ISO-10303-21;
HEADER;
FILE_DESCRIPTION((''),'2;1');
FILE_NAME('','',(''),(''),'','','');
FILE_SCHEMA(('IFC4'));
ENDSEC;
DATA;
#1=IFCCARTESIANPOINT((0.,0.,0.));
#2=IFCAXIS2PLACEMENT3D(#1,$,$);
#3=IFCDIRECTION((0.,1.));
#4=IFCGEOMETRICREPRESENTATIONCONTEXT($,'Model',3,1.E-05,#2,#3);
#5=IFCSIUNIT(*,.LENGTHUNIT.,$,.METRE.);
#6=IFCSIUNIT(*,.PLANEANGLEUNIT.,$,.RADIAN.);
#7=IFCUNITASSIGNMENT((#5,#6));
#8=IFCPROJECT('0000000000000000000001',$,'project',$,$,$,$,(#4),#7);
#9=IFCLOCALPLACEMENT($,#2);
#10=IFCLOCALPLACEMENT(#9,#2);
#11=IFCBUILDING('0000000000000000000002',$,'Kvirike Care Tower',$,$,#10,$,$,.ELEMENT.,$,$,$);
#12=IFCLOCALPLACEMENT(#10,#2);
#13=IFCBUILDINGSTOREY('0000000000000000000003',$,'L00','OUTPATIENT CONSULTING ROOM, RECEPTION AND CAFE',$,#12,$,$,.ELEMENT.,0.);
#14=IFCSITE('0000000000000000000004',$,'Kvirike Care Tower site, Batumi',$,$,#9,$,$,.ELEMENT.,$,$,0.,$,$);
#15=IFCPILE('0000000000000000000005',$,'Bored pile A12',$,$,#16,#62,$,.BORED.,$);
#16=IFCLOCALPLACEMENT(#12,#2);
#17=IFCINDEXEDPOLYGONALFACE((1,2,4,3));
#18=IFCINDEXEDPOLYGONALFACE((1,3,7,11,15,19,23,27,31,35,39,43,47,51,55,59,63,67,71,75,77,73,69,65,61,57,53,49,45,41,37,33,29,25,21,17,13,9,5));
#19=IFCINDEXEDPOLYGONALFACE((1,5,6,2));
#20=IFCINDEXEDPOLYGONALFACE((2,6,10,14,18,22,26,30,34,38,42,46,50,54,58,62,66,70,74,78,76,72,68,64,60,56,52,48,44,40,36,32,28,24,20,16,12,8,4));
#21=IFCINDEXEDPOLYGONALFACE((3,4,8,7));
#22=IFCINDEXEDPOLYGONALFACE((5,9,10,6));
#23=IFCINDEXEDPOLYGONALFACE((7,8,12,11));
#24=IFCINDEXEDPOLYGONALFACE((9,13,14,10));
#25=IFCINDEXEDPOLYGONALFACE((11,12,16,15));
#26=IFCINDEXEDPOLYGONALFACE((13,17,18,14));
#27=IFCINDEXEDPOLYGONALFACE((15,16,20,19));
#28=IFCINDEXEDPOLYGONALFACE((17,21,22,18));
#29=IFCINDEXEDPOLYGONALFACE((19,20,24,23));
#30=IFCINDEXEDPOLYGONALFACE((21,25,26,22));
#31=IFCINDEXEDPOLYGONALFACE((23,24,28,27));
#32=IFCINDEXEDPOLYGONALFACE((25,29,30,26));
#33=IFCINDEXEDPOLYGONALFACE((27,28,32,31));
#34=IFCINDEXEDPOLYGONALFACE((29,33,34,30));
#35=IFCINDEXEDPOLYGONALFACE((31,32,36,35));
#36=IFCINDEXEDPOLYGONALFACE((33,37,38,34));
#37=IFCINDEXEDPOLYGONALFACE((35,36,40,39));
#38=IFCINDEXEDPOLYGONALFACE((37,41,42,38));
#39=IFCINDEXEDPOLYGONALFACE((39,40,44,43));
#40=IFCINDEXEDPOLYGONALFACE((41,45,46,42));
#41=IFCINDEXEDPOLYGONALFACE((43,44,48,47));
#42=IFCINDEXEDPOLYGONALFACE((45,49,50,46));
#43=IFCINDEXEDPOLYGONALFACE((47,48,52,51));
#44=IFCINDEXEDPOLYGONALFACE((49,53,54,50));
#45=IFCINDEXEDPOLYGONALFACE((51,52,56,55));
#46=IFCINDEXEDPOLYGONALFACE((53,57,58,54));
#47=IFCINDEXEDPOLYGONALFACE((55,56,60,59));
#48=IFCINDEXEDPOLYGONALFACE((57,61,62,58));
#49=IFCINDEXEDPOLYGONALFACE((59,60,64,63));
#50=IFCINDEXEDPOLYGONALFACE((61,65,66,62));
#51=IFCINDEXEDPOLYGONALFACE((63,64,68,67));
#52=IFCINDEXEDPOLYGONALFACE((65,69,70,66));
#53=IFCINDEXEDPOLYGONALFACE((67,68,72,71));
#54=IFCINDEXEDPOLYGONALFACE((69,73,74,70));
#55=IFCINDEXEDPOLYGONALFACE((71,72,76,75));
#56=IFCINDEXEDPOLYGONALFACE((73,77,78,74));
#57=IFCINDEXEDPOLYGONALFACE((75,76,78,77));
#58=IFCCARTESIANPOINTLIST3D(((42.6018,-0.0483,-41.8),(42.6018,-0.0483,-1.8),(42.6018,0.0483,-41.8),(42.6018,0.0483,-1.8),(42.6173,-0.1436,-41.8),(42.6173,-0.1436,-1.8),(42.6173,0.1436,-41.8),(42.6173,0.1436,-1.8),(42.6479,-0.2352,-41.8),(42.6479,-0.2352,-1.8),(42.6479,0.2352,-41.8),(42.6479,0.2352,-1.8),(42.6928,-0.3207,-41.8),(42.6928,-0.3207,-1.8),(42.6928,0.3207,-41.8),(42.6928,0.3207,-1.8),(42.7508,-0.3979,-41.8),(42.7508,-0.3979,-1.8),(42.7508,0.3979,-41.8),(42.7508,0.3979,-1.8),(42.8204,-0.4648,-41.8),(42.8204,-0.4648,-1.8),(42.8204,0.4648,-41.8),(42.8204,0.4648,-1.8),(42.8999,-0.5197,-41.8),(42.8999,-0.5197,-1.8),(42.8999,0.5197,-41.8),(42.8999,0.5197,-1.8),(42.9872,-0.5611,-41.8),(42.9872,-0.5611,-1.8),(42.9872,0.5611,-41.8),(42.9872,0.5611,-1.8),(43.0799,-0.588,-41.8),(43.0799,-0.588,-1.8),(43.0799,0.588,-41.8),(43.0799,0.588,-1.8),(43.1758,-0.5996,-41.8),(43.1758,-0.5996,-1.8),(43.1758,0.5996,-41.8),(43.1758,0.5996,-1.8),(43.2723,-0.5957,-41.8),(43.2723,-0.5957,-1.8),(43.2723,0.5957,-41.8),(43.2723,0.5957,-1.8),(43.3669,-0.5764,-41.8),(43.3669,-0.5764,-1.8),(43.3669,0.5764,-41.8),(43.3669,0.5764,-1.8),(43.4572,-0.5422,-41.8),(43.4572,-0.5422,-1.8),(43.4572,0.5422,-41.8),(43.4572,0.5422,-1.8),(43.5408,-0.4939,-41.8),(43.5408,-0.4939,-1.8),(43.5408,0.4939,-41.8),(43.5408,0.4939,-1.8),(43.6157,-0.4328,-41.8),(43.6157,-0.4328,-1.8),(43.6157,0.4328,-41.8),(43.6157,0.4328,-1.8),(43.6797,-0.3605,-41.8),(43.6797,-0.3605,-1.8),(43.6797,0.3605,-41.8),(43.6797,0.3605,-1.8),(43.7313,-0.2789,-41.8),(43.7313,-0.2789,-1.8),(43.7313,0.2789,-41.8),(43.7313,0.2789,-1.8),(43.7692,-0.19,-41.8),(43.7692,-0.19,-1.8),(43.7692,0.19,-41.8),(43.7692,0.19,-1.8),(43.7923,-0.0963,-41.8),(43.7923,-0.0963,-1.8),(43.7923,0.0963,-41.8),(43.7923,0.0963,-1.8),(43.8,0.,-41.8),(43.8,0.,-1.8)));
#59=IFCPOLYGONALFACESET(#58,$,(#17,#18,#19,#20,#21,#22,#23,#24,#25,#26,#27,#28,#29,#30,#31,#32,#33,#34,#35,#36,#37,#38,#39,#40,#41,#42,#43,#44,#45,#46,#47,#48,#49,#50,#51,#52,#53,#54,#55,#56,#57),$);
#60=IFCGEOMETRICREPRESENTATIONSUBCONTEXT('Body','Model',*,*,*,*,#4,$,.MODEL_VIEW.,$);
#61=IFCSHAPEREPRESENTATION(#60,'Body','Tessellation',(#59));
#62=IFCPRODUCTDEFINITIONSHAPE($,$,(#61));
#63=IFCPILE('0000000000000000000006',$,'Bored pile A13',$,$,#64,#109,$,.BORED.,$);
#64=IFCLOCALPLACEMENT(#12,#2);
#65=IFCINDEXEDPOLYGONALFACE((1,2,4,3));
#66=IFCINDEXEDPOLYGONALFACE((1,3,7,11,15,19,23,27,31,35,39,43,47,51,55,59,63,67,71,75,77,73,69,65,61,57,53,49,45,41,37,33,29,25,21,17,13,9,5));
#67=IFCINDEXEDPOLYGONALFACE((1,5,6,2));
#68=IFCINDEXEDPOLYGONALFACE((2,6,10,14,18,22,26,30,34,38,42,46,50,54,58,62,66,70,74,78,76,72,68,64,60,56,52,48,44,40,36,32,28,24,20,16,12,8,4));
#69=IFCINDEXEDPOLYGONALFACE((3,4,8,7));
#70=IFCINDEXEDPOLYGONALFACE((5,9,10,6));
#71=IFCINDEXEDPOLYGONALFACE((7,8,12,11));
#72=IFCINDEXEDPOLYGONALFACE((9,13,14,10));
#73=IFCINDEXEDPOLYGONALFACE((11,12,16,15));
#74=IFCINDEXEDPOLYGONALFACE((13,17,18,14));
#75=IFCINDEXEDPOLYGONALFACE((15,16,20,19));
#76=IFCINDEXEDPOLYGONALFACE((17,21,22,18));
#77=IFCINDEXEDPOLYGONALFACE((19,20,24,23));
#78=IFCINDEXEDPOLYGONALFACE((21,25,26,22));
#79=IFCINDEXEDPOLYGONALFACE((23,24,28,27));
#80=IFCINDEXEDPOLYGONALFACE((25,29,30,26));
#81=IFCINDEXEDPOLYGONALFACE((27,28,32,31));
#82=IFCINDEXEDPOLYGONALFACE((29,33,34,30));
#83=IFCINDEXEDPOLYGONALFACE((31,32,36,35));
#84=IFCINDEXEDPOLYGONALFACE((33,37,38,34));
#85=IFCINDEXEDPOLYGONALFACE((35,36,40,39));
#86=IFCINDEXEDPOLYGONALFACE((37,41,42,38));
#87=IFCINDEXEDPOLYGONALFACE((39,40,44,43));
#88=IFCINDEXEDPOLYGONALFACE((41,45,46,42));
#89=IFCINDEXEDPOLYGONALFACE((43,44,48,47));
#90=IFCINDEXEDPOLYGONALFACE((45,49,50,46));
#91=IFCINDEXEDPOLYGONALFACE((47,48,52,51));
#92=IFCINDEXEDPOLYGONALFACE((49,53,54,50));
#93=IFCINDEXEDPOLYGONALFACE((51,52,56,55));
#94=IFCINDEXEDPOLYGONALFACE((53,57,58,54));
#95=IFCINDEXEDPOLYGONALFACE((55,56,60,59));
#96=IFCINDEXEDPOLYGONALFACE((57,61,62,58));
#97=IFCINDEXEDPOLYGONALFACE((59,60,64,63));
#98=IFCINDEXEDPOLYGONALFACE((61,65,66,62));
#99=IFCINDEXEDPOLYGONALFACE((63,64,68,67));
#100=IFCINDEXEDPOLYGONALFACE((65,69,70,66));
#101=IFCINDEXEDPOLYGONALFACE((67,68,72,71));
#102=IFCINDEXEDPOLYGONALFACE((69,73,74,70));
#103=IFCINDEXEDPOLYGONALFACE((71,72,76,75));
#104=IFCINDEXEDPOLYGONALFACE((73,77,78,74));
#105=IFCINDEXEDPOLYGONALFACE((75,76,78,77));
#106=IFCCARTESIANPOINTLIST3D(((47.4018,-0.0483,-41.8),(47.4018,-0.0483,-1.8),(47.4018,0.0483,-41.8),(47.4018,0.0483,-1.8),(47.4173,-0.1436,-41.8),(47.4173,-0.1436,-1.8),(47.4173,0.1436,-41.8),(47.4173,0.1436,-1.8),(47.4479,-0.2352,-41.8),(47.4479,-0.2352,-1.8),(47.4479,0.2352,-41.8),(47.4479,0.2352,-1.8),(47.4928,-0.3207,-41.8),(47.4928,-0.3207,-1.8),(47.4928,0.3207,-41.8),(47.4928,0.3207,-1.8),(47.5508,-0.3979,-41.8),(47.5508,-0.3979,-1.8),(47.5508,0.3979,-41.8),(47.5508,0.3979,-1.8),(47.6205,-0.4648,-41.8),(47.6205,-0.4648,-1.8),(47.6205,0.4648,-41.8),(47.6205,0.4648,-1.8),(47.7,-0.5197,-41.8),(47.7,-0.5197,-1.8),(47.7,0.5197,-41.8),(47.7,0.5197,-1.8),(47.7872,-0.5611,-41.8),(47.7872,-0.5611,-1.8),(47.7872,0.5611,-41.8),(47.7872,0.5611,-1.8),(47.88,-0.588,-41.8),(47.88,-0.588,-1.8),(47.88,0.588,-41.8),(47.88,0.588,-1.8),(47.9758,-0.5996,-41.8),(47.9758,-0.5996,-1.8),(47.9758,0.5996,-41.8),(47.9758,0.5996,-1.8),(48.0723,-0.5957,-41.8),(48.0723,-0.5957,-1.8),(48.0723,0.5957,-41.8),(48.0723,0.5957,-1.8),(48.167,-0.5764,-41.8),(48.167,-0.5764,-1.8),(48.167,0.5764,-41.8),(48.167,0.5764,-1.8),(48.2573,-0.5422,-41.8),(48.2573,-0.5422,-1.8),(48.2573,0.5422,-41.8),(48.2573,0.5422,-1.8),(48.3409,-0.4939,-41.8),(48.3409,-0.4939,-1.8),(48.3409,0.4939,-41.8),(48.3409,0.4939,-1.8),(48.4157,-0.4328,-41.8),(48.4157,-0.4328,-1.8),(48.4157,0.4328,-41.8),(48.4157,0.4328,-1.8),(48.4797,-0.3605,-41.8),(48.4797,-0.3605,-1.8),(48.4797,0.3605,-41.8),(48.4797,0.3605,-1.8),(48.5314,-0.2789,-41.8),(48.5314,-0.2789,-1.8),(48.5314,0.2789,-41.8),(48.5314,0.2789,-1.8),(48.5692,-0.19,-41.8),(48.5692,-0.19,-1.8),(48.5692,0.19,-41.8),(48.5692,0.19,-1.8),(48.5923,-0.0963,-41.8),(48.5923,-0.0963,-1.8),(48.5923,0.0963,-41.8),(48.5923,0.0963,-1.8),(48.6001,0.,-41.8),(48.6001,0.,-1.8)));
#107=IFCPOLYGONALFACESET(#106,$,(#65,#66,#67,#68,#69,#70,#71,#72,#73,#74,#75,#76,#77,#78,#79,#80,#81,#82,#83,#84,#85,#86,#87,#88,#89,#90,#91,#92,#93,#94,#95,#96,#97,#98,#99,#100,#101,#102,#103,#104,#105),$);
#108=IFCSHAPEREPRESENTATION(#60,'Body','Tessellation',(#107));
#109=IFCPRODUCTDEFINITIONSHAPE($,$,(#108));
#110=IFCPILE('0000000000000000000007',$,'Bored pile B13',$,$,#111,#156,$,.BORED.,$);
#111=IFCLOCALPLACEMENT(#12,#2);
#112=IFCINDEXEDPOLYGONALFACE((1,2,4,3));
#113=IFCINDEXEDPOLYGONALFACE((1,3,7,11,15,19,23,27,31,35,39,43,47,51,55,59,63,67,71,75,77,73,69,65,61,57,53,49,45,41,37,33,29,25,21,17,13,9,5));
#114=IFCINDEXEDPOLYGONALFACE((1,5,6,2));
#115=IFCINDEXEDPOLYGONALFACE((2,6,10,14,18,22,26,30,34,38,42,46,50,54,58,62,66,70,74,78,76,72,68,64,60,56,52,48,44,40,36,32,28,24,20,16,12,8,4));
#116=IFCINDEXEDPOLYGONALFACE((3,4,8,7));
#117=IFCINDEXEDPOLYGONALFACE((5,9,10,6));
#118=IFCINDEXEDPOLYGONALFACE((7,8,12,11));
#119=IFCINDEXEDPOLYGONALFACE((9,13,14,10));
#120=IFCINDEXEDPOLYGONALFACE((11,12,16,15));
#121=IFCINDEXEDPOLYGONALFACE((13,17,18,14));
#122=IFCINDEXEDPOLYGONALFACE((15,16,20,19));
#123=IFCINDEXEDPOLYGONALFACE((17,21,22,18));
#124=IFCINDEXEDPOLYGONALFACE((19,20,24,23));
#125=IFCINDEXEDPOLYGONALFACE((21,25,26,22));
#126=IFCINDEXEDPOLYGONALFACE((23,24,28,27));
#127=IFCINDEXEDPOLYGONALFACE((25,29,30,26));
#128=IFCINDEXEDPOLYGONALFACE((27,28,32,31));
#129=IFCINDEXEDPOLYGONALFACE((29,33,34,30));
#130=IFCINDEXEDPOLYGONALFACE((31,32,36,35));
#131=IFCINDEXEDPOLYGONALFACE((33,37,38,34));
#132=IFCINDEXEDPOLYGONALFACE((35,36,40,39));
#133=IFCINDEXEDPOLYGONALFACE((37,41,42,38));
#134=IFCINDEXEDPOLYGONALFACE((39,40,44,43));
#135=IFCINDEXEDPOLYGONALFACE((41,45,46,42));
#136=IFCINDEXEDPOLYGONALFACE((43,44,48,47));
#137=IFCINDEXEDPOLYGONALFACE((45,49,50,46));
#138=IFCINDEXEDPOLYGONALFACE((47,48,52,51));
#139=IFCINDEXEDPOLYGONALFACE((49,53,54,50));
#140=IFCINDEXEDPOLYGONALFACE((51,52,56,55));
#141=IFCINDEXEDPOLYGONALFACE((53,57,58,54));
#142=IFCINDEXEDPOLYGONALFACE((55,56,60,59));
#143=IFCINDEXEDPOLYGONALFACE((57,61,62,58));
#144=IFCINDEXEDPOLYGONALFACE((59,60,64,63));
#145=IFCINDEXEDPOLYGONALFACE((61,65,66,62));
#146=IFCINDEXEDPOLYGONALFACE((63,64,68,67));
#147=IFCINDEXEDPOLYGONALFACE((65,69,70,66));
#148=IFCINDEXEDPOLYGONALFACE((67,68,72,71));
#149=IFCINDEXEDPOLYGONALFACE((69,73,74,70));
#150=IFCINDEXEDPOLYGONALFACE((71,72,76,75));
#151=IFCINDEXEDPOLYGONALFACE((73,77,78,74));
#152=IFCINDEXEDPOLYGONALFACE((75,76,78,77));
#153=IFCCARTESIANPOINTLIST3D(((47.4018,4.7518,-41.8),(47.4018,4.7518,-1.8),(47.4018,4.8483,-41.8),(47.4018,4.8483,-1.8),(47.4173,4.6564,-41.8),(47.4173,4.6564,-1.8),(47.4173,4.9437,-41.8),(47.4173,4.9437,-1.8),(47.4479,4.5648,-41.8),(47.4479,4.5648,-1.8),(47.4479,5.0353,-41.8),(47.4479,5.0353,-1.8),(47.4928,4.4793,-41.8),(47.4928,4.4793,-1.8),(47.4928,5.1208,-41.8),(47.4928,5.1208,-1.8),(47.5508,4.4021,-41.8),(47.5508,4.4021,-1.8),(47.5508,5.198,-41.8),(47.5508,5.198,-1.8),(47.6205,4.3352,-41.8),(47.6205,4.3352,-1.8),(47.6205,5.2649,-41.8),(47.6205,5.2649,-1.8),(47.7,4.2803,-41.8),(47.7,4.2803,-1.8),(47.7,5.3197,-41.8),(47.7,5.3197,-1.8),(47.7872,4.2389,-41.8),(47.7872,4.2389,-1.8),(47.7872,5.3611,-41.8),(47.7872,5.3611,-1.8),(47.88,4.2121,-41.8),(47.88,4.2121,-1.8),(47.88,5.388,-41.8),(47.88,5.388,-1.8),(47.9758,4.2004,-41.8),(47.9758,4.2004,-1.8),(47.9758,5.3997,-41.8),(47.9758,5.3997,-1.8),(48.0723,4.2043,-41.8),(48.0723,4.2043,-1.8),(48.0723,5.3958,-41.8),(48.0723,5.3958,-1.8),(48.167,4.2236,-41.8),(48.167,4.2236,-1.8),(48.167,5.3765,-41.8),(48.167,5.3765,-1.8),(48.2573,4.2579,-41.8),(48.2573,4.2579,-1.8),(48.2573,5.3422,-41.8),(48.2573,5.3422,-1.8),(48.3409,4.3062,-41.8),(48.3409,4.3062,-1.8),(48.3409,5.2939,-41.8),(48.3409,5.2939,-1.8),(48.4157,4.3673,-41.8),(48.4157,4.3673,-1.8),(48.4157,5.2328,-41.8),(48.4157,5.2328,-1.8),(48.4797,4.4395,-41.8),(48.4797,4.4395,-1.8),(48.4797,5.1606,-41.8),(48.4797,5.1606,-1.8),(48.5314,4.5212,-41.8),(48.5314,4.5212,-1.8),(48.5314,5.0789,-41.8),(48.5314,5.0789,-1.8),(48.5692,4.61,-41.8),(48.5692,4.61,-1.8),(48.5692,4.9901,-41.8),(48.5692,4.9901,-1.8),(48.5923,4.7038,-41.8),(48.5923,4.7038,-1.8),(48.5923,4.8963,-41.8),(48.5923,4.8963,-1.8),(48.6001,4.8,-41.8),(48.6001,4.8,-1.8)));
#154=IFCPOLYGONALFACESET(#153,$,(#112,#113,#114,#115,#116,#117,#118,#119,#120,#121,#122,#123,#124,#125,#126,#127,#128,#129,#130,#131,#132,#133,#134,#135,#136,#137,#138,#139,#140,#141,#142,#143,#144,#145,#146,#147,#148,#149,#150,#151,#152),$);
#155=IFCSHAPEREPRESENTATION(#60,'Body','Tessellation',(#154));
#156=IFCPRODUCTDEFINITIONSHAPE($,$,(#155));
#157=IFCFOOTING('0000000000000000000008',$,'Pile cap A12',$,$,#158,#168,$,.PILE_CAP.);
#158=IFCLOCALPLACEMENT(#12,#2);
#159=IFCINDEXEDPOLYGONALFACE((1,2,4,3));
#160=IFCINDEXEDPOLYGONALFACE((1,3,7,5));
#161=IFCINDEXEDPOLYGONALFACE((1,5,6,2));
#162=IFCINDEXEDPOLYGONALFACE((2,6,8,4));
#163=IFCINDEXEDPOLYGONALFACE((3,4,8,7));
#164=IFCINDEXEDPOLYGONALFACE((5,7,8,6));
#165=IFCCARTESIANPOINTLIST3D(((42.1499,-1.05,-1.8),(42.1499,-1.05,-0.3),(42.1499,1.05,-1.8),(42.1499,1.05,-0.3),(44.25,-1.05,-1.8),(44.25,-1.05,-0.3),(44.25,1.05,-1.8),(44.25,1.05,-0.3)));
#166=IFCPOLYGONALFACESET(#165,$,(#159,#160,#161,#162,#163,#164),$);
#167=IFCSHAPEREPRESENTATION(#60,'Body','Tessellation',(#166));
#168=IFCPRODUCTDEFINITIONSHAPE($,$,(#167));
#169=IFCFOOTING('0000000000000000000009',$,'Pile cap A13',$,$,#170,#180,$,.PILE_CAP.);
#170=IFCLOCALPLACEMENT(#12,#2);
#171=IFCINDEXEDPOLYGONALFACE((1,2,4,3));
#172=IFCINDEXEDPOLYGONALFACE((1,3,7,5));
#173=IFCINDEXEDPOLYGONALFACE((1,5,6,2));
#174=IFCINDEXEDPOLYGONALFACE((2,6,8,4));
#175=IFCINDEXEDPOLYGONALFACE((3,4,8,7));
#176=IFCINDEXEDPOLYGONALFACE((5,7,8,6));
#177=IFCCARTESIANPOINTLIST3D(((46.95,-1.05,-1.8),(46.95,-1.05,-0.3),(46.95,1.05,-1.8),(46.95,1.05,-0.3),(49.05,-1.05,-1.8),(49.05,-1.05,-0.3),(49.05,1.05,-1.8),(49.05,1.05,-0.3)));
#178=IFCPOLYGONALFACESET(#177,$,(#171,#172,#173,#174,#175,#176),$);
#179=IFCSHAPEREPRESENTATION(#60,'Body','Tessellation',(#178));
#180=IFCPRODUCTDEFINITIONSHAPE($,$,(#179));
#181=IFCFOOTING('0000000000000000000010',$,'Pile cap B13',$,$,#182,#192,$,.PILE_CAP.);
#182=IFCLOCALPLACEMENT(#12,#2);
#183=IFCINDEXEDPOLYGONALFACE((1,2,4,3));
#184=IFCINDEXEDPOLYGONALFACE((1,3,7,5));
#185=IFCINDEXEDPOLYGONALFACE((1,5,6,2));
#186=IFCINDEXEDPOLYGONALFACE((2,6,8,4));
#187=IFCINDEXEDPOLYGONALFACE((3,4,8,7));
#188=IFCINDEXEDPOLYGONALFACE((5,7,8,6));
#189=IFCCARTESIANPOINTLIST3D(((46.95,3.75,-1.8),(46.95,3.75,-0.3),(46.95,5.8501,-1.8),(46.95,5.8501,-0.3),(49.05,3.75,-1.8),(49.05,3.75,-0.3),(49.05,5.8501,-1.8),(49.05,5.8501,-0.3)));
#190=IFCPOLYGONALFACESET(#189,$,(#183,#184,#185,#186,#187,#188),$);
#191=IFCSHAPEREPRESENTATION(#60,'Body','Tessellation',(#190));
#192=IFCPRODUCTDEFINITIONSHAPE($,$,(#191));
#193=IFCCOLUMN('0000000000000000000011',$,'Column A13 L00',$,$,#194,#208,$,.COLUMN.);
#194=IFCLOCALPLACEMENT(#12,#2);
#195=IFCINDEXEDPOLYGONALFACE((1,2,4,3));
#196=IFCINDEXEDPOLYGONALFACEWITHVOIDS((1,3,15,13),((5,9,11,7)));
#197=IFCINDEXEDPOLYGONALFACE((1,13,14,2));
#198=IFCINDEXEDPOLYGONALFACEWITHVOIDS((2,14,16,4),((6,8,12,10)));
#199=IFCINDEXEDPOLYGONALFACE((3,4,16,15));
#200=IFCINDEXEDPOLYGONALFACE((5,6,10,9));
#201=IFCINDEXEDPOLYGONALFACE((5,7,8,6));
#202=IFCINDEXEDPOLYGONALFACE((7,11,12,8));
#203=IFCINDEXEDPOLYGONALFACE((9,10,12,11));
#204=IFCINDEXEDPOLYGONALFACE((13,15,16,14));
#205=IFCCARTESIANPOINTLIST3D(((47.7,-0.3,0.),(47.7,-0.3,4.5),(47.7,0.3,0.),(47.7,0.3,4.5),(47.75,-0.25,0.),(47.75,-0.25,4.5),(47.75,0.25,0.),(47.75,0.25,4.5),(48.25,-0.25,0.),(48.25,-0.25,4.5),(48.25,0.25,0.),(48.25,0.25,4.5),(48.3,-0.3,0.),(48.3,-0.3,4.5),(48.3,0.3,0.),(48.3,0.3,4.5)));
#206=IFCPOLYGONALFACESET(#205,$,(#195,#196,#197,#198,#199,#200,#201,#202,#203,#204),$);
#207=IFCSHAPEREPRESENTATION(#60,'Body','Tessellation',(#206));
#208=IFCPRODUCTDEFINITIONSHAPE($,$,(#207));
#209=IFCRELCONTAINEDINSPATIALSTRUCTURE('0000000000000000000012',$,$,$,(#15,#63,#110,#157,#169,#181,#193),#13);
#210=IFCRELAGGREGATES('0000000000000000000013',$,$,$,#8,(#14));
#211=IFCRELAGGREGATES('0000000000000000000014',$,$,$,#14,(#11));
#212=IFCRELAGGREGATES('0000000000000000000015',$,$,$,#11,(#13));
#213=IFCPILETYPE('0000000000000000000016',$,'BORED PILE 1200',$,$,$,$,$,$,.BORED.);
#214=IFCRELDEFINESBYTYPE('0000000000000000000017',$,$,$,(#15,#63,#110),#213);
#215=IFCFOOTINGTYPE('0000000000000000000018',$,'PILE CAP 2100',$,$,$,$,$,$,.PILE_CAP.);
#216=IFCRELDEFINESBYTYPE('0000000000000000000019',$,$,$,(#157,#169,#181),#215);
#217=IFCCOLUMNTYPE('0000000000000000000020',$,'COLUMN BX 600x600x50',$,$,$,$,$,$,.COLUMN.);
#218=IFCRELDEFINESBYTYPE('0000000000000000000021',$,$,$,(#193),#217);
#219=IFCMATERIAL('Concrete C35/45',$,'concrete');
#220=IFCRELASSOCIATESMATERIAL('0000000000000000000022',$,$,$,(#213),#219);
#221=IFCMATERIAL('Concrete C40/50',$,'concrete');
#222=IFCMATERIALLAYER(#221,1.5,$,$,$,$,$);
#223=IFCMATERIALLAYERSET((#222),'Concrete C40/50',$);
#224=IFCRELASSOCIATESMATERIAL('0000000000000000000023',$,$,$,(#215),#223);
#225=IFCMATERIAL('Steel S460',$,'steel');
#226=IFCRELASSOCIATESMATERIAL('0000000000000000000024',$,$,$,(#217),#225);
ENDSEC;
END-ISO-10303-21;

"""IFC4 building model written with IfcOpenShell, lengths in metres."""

from ifc_helpers import new_model, si_unit, direction, frame, origin, origin_2d, place, context, subcontext, project, spatial, rectangle, hollow_rectangle, circle, extrude, material, layer, layer_set, material_profile, profile_set, type_object, element, save


model = new_model("IFC4")

# Units and contexts
model_context = context("Model", 3, precision=1e-05, world=origin(), true_north=direction((0.0, 1.0)))
body_context = subcontext(model_context, "Body", "Model", "MODEL_VIEW")
ifc_project = project(units=[si_unit("LENGTHUNIT", "METRE"), si_unit("PLANEANGLEUNIT", "RADIAN")], contexts=[model_context])

# Site, building, storey
site_placement = place(None, origin())
site = spatial("IfcSite", under=ifc_project, at=site_placement, Name="Kvirike Care Tower site, Batumi", CompositionType="ELEMENT", RefElevation=0.0)
building_placement = place(site_placement, origin())
building = spatial("IfcBuilding", under=site, at=building_placement, Name="Kvirike Care Tower", CompositionType="ELEMENT")
storey_placement = place(building_placement, origin())
storey = spatial("IfcBuildingStorey", under=building, at=storey_placement, Name="L00", Description="OUTPATIENT CONSULTING ROOM, RECEPTION AND CAFE", CompositionType="ELEMENT", Elevation=0.0)

# Piles
ifc_material_1 = material(Name="Concrete C35/45", Category="concrete")
ifc_material_profile_1 = material_profile(ifc_material_1, circle(Radius=0.6001, at=origin_2d()), Name="BORED PILE 1200")
ifc_profile_set_1 = profile_set([ifc_material_profile_1], Name="Concrete C35/45")
pile_type = type_object("IfcPileType", Name="BORED PILE 1200", PredefinedType="BORED", material=ifc_profile_set_1)
for number, where, z_axis, x_axis, name in (
    (1, (43.2, 0.0, -1.8), (0.0, 0.0, -1.0), (1.0, 0.0, 0.0), "Bored pile A12"),
    (2, (48.0, 0.0, -1.8), (0.0, 0.0, -1.0), (1.0, 0.0, 0.0), "Bored pile A13"),
    (3, (48.0, 4.8, -1.8), (0.0, 0.0, -1.0), (1.0, 0.0, 0.0), "Bored pile B13"),
):
    element("IfcPile", number, at=place(storey_placement, frame(where, z_axis=z_axis, x_axis=x_axis)), inside=storey, type_object=pile_type, Name=name, PredefinedType="BORED", context=body_context, shape_type="SweptSolid", body=[
        extrude(circle(Radius=0.6001, at=origin_2d()), origin(), (0.0, 0.0, 1.0), 40.0),
    ])

# Footings
ifc_material_2 = material(Name="Concrete C40/50", Category="concrete")
ifc_layer_1 = layer(ifc_material_2, 1.5)
ifc_layer_set_1 = layer_set([ifc_layer_1], Name="Concrete C40/50")
footing_type = type_object("IfcFootingType", Name="PILE CAP 2100", PredefinedType="PILE_CAP", material=ifc_layer_set_1)
for number, where, z_axis, x_axis, name in (
    (4, (43.2, 0.0, -1.8), (0.0, 0.0, 1.0), (1.0, 0.0, 0.0), "Pile cap A12"),
    (5, (48.0, 0.0, -1.8), (0.0, 0.0, 1.0), (1.0, 0.0, 0.0), "Pile cap A13"),
    (6, (48.0, 4.8, -1.8), (0.0, 0.0, 1.0), (1.0, 0.0, 0.0), "Pile cap B13"),
):
    element("IfcFooting", number, at=place(storey_placement, frame(where, z_axis=z_axis, x_axis=x_axis)), inside=storey, type_object=footing_type, Name=name, PredefinedType="PILE_CAP", context=body_context, shape_type="SweptSolid", body=[
        extrude(rectangle(XDim=2.1001, YDim=2.1001, at=origin_2d()), origin(), (0.0, 0.0, 1.0), 1.5),
    ])

# Column
ifc_material_3 = material(Name="Steel S460", Category="steel")
ifc_material_profile_2 = material_profile(ifc_material_3, hollow_rectangle(XDim=0.6001, YDim=0.6001, WallThickness=0.05, at=origin_2d()), Name="BX 600x600x50")
ifc_profile_set_2 = profile_set([ifc_material_profile_2], Name="Steel S460")
column_type_1 = type_object("IfcColumnType", Name="COLUMN BX 600x600x50", PredefinedType="COLUMN", material=ifc_profile_set_2)
column_placement = place(storey_placement, frame((48.0, 0.0, 0.0), z_axis=(0.0, 0.0, 1.0), x_axis=(0.0, 1.0, 0.0)))
element("IfcColumn", 7, at=column_placement, inside=storey, type_object=column_type_1, Name="Column A13 L00", PredefinedType="COLUMN", context=body_context, shape_type="SweptSolid", body=[
    extrude(hollow_rectangle(XDim=0.6001, YDim=0.6001, WallThickness=0.05, at=origin_2d()), origin(), (0.0, 0.0, 1.0), 4.5),
])

save(model, "model.ifc")
